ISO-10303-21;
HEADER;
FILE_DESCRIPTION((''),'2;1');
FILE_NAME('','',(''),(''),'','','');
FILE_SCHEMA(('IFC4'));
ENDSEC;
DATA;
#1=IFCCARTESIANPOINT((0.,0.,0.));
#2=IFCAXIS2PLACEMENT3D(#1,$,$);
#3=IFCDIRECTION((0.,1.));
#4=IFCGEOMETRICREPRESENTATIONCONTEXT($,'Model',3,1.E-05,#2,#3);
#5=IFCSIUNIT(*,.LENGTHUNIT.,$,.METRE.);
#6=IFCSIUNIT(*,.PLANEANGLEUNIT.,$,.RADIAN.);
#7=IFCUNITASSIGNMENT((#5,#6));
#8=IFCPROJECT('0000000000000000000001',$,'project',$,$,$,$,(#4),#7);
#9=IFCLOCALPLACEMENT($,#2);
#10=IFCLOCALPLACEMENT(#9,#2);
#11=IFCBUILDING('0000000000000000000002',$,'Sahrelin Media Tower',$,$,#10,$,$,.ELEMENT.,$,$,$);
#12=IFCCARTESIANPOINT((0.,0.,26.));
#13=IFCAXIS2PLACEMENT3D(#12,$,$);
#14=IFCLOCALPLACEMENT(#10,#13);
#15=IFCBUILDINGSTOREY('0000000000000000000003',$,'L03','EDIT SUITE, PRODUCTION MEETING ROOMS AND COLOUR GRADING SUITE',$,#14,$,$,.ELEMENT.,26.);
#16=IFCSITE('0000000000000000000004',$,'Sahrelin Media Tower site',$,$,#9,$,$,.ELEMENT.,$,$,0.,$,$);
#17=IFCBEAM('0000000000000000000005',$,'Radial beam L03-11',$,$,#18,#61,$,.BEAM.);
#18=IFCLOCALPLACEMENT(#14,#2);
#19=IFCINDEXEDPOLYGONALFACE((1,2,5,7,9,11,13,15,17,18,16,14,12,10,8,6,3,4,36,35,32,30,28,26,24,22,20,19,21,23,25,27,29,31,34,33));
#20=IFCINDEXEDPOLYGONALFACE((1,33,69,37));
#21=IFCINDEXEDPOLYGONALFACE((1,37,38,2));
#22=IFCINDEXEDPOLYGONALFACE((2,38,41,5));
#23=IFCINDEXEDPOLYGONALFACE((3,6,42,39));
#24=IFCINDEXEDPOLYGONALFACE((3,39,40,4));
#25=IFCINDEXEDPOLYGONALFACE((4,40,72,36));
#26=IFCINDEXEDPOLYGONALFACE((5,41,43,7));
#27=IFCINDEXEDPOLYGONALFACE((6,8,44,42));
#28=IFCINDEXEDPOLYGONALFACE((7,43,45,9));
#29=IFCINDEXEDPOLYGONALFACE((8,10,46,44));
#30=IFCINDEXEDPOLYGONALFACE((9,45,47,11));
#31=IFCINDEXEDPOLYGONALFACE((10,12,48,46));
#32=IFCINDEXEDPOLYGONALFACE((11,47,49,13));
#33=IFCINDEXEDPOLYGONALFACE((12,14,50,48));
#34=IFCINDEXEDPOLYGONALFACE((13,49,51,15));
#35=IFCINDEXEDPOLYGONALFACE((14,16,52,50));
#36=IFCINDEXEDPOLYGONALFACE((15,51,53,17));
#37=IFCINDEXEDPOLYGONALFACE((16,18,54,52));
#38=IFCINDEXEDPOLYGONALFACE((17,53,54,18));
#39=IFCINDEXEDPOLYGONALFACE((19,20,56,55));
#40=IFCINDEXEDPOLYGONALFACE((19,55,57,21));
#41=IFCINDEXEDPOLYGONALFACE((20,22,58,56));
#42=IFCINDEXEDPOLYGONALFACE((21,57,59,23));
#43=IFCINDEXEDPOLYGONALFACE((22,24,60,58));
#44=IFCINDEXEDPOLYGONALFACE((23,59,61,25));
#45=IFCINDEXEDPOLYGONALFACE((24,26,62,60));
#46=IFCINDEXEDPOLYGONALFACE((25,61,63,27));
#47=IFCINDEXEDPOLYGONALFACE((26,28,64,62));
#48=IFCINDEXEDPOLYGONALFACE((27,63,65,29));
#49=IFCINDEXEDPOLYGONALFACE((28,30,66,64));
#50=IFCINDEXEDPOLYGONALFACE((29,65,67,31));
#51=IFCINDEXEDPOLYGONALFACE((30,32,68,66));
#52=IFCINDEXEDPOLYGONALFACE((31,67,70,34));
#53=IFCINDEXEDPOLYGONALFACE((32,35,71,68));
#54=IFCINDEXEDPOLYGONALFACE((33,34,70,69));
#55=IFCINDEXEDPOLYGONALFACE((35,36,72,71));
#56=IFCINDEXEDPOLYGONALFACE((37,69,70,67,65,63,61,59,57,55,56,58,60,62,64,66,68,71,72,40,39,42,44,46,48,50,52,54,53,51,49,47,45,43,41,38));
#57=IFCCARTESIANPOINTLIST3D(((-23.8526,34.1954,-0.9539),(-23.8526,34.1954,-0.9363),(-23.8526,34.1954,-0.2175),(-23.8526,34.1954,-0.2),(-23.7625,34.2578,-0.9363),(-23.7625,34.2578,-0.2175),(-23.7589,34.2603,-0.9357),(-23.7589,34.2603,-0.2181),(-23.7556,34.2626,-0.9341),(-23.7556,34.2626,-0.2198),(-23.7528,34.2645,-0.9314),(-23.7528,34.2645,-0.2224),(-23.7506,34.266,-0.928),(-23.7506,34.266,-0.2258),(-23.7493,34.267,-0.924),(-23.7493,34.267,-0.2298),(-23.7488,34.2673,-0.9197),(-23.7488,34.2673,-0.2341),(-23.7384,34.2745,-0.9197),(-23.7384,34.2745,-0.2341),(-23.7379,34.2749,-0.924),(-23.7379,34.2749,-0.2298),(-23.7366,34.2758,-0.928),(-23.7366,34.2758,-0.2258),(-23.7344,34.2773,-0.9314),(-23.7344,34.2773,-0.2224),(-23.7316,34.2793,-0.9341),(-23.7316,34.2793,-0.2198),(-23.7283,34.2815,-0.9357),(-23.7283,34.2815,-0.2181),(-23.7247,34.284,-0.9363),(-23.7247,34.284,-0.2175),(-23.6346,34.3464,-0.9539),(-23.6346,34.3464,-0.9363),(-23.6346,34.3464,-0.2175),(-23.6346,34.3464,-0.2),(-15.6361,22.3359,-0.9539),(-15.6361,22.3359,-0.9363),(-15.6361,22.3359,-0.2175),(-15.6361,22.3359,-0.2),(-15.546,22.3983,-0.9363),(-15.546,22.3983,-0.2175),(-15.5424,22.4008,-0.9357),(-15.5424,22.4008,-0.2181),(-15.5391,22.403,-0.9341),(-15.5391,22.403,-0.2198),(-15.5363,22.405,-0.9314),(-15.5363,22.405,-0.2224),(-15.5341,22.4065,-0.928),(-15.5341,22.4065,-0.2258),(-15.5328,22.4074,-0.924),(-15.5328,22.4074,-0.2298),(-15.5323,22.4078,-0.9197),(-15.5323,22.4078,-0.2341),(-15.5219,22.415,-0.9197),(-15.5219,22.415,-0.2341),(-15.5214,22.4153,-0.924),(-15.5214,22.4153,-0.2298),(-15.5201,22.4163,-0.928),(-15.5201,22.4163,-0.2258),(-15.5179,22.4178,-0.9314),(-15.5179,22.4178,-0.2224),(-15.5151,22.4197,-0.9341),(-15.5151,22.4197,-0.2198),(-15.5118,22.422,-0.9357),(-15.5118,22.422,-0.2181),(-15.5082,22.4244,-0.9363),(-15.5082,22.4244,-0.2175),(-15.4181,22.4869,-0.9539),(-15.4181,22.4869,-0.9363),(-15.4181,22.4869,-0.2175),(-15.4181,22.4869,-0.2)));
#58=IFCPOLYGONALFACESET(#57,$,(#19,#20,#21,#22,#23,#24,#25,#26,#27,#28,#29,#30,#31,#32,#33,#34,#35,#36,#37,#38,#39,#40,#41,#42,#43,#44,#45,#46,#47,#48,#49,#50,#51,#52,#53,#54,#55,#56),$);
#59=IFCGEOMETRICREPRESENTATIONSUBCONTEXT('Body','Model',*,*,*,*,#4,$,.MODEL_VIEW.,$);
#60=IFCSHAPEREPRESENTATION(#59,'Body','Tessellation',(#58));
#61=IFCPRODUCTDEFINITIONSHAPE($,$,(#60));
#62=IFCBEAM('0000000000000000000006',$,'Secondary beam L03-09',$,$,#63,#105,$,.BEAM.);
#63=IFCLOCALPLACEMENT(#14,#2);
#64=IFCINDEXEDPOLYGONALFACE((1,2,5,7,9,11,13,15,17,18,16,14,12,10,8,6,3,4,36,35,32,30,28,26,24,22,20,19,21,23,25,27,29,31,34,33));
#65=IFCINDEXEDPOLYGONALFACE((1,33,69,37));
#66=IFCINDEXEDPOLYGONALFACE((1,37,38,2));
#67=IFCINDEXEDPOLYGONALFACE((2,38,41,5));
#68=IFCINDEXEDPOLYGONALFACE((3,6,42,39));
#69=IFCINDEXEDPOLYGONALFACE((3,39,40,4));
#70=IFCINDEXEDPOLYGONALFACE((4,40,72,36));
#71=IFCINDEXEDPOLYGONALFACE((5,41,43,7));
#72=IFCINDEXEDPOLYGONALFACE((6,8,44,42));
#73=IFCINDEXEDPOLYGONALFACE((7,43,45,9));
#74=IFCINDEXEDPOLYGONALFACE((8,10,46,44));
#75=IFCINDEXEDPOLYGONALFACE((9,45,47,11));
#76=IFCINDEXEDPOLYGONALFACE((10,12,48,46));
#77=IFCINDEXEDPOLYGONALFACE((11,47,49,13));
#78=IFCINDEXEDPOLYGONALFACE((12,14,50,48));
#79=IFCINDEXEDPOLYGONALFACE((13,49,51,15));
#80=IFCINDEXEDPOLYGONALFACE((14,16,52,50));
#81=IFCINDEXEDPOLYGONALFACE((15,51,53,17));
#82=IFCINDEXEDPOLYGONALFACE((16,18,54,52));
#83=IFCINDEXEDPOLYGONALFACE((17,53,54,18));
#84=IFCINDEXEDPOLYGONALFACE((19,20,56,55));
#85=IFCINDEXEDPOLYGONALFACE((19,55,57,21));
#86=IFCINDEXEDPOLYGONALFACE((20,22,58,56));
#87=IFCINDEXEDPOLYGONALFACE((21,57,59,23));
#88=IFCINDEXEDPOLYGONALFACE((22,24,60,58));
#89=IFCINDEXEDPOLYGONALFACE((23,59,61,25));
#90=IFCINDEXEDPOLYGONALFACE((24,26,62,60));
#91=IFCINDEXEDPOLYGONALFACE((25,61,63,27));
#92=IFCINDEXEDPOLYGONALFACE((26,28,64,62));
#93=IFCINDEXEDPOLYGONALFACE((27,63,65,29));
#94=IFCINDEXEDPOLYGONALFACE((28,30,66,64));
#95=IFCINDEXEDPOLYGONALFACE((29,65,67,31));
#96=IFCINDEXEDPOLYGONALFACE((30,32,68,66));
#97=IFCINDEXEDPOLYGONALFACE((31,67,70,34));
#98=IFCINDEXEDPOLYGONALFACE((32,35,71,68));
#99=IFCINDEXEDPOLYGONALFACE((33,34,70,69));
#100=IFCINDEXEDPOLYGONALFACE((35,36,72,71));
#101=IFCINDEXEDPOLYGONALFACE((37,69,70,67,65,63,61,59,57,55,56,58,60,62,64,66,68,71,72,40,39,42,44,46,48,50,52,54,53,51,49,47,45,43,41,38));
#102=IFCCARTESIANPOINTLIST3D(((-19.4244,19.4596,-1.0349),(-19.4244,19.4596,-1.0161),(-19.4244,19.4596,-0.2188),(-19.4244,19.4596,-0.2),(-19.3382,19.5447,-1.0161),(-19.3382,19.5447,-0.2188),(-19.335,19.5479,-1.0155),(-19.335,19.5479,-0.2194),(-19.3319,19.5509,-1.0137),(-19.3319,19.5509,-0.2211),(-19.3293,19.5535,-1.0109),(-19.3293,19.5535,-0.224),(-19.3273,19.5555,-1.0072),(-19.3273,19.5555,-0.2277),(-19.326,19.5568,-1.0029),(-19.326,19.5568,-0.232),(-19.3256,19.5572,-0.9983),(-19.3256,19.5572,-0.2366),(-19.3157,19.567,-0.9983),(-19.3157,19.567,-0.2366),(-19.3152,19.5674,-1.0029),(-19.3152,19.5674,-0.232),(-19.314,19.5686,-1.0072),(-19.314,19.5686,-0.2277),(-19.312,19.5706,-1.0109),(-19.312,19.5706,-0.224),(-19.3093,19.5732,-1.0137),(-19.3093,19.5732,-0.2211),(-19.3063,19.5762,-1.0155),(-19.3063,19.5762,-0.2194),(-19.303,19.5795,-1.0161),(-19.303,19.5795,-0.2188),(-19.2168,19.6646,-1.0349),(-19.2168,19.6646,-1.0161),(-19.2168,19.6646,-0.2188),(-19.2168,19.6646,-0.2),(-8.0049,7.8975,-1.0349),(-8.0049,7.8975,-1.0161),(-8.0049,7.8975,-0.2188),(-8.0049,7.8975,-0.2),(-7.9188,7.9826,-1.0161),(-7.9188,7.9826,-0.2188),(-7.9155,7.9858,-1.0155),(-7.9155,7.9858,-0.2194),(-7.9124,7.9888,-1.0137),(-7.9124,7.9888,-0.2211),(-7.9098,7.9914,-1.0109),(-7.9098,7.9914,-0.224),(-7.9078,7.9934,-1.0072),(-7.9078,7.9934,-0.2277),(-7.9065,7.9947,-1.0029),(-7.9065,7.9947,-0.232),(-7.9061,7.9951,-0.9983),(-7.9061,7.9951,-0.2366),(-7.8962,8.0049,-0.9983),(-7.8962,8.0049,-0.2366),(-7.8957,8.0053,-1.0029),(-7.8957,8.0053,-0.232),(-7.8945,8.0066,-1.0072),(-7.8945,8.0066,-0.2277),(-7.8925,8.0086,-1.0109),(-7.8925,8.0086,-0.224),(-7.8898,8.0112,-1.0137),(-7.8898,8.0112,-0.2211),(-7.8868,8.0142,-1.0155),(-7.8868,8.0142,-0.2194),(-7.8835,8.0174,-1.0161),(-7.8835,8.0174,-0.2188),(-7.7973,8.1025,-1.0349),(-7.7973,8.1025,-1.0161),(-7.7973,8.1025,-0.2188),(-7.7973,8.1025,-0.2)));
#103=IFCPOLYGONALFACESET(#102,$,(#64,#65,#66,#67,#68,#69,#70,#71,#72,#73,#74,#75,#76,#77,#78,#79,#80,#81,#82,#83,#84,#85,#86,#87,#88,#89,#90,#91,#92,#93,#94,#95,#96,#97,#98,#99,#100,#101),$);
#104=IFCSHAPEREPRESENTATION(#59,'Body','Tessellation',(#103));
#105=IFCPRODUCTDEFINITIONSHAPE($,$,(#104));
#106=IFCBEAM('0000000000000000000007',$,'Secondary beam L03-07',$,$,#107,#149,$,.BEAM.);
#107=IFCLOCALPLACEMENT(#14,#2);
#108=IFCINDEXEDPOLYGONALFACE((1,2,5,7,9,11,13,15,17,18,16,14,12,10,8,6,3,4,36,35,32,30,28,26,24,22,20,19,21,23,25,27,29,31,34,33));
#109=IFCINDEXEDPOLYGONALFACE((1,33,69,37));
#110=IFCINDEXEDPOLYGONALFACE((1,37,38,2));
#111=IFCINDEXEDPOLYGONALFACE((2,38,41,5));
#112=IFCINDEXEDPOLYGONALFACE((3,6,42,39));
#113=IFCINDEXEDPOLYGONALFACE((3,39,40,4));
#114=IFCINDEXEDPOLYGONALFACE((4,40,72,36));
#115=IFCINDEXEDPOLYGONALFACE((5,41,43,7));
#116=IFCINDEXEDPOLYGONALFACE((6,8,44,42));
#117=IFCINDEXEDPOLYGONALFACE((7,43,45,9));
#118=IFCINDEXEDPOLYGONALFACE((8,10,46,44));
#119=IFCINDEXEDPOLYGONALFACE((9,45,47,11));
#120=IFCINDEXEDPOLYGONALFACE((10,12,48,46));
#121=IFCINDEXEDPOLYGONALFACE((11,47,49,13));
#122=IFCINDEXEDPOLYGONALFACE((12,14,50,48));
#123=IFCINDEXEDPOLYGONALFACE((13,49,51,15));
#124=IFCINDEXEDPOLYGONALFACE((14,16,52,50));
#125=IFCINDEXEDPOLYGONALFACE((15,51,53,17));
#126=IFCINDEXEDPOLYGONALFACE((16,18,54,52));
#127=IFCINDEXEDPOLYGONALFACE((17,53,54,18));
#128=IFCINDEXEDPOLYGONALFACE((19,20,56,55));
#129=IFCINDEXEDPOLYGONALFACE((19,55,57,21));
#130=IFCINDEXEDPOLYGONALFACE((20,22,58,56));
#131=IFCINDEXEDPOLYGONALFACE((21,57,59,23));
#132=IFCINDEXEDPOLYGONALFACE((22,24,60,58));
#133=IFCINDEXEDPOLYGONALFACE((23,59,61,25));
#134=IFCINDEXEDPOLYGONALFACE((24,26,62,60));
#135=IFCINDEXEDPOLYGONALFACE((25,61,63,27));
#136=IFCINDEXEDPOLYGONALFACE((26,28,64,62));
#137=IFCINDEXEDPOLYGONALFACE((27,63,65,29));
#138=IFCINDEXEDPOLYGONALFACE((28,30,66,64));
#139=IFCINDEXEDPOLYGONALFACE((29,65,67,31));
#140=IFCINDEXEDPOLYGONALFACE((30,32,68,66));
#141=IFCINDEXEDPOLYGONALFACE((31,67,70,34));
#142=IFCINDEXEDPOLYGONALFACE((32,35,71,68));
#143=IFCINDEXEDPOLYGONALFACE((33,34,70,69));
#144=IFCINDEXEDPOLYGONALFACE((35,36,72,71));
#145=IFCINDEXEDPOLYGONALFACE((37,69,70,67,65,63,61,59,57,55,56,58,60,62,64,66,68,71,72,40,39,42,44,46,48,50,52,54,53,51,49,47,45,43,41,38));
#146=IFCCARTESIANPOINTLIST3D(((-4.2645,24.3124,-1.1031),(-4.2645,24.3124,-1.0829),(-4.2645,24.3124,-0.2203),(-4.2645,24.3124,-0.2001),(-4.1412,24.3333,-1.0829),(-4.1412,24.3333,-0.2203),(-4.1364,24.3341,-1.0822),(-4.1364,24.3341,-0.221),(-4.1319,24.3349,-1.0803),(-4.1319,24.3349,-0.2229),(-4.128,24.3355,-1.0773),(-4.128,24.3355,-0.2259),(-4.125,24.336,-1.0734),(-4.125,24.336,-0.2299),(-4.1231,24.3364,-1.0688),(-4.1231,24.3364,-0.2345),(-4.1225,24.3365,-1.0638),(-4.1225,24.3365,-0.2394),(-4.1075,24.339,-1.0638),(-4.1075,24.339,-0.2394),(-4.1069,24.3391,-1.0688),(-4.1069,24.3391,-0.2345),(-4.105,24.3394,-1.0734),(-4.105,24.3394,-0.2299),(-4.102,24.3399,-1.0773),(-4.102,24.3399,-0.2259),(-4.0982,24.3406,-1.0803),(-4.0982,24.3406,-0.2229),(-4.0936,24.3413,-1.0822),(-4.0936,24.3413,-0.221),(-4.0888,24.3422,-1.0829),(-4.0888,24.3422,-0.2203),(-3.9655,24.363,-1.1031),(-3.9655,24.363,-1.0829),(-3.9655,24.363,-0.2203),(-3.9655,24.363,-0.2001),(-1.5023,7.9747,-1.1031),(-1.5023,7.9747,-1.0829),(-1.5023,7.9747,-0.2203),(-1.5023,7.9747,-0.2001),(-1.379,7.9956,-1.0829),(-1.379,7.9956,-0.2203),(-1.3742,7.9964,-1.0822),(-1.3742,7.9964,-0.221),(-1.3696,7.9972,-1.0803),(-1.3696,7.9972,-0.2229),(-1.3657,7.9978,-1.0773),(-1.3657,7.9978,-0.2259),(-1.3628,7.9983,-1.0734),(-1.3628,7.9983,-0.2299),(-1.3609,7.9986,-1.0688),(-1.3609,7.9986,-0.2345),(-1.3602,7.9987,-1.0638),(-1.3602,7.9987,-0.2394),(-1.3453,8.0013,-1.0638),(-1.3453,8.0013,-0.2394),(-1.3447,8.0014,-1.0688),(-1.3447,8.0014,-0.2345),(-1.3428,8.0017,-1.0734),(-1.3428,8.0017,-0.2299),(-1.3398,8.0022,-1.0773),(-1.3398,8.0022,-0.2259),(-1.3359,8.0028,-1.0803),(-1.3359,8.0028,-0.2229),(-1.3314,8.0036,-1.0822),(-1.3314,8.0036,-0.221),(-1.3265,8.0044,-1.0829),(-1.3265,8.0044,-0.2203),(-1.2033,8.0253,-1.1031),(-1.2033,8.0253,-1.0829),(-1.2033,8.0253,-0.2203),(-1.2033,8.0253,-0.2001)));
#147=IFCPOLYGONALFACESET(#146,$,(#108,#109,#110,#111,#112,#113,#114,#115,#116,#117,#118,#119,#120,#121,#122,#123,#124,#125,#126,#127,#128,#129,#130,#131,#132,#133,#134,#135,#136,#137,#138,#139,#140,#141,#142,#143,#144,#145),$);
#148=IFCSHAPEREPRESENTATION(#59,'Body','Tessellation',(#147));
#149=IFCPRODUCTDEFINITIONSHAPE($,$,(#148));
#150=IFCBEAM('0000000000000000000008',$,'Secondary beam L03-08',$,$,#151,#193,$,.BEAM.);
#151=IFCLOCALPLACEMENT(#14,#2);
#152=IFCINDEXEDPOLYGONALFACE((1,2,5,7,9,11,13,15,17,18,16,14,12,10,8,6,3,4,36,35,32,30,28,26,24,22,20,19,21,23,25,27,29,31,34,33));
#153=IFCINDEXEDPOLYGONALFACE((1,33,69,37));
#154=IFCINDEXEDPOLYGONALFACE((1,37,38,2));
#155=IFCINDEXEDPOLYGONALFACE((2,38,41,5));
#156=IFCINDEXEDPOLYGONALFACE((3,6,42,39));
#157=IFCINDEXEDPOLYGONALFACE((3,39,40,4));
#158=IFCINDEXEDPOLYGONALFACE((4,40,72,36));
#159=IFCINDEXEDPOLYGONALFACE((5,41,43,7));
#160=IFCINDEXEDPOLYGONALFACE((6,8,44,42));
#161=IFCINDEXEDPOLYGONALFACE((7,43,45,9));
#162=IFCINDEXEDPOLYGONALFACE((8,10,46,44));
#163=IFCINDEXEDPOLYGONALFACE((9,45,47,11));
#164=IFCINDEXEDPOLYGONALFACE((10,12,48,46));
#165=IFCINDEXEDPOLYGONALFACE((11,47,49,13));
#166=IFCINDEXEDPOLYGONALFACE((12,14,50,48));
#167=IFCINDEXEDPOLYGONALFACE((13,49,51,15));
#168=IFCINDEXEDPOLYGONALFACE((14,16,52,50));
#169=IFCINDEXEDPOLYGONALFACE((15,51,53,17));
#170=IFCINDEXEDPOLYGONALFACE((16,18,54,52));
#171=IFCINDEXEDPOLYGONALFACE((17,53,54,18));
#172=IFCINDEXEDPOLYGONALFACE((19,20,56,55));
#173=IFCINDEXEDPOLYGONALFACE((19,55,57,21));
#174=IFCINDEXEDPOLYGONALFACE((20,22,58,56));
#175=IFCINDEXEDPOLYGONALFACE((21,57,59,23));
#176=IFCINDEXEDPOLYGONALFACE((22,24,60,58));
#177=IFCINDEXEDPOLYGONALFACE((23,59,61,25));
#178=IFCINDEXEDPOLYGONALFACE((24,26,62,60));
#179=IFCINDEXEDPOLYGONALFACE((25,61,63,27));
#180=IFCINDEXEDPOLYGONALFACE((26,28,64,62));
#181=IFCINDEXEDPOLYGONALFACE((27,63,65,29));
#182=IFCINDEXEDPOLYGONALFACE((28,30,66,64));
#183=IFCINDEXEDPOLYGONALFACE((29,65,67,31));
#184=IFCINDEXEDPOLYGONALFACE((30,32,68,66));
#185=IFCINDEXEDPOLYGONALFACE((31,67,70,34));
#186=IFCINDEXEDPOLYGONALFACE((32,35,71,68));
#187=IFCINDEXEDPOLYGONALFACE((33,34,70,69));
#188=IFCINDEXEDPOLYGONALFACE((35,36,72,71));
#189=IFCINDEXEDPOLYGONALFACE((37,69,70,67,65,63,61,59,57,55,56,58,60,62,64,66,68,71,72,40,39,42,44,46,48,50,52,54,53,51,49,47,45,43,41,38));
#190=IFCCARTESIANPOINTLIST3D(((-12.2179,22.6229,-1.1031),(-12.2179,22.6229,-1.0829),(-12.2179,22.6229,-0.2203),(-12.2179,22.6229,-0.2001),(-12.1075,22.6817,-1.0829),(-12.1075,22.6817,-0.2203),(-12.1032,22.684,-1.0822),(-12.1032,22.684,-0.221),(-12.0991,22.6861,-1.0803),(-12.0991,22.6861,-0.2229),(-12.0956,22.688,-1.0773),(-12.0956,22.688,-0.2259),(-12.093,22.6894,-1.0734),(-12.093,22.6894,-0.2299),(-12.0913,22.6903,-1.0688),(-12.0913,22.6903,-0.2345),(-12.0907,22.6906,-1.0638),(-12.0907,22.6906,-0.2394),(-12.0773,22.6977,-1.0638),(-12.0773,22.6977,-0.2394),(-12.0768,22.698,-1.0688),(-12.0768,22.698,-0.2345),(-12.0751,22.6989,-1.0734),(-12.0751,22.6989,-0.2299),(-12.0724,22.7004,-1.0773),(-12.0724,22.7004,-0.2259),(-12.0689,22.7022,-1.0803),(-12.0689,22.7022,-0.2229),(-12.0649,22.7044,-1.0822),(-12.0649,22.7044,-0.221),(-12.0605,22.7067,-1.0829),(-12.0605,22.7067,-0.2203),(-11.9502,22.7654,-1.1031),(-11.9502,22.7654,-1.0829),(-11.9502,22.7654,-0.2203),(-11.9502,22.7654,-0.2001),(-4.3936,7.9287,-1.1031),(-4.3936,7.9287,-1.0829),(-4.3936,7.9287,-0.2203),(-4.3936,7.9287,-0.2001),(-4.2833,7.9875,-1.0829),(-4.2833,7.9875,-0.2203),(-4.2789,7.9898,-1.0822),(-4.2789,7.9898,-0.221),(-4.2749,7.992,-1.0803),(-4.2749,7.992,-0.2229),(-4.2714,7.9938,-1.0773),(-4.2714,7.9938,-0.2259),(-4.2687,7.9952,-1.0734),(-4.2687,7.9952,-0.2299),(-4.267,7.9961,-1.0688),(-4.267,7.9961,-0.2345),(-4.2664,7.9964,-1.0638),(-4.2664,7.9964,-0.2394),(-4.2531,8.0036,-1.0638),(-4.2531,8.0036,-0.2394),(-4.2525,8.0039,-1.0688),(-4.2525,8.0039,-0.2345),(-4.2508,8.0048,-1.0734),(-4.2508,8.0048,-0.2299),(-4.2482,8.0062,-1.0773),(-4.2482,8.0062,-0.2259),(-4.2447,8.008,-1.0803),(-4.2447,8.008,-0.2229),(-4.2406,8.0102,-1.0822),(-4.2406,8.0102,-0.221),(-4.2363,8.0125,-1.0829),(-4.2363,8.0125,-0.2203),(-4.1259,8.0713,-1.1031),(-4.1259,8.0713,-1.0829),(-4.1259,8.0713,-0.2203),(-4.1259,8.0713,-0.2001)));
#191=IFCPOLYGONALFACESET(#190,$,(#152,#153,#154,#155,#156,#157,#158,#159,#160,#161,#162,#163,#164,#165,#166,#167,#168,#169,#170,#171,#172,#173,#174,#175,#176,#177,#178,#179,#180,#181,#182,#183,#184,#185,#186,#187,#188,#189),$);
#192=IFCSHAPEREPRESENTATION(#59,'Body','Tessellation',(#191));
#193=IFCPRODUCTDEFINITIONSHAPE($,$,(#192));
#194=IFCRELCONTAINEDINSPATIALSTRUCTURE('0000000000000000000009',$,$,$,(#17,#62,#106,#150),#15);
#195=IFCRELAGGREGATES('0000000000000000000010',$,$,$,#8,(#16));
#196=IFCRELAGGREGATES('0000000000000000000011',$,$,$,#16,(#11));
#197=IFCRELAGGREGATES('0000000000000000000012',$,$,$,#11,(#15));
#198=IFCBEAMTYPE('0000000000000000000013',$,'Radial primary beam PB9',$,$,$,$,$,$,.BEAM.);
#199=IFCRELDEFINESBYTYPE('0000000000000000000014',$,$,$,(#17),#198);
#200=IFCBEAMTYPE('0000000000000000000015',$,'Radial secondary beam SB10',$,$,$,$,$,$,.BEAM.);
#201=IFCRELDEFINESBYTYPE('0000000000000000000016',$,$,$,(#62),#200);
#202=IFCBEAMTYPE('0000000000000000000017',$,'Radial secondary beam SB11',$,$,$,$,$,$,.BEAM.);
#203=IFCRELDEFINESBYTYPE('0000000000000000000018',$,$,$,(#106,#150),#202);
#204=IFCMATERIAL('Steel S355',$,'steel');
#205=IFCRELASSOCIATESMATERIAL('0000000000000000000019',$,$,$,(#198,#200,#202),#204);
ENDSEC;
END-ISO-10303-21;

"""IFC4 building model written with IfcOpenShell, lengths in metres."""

from ifc_helpers import new_model, si_unit, direction, frame, origin, origin_2d, place, context, subcontext, project, spatial, i_section, extrude, material, material_profile, profile_set, type_object, element, save


model = new_model("IFC4")

# Units and contexts
model_context = context("Model", 3, precision=1e-05, world=origin(), true_north=direction((0.0, 1.0)))
body_context = subcontext(model_context, "Body", "Model", "MODEL_VIEW")
ifc_project = project(units=[si_unit("LENGTHUNIT", "METRE"), si_unit("PLANEANGLEUNIT", "RADIAN")], contexts=[model_context])

# Site, building, storey
site_placement = place(None, origin())
site = spatial("IfcSite", under=ifc_project, at=site_placement, Name="Sahrelin Media Tower site", CompositionType="ELEMENT", RefElevation=0.0)
building_placement = place(site_placement, origin())
building = spatial("IfcBuilding", under=site, at=building_placement, Name="Sahrelin Media Tower", CompositionType="ELEMENT")
storey_placement = place(building_placement, frame((0.0, 0.0, 26.0)))
storey = spatial("IfcBuildingStorey", under=building, at=storey_placement, Name="L03", Description="EDIT SUITE, PRODUCTION MEETING ROOMS AND COLOUR GRADING SUITE", CompositionType="ELEMENT", Elevation=26.0)

# Beams
ifc_material_1 = material(Name="Steel S355", Category="steel")
ifc_material_profile_1 = material_profile(ifc_material_1, i_section(OverallWidth=0.2651, OverallDepth=0.7539, WebThickness=0.0127, FlangeThickness=0.0176, FilletRadius=0.0166, at=origin_2d()), Name="UB 762x267x147")
ifc_profile_set_1 = profile_set([ifc_material_profile_1], Name="Steel S355")
beam_type_1 = type_object("IfcBeamType", Name="Radial primary beam PB9", PredefinedType="BEAM", material=ifc_profile_set_1)
beam_1_placement = place(storey_placement, frame((-15.5271, 22.4114, -0.5769), z_axis=(-0.569493, 0.821996, 0.0), x_axis=(-0.821996, -0.569493, 0.0)))
element("IfcBeam", 1, at=beam_1_placement, inside=storey, type_object=beam_type_1, Name="Radial beam L03-11", PredefinedType="BEAM", context=body_context, shape_type="SweptSolid", body=[
    extrude(i_section(OverallWidth=0.2651, OverallDepth=0.7539, WebThickness=0.0127, FlangeThickness=0.0176, FilletRadius=0.0166, at=origin_2d()), origin(), (0.0, 0.0, 1.0), 14.4277),
])
ifc_material_profile_2 = material_profile(ifc_material_1, i_section(OverallWidth=0.2917, OverallDepth=0.835, WebThickness=0.0139, FlangeThickness=0.0188, FilletRadius=0.0178, at=origin_2d()), Name="UB 838x292x176")
ifc_profile_set_2 = profile_set([ifc_material_profile_2], Name="Steel S355")
beam_type_2 = type_object("IfcBeamType", Name="Radial secondary beam SB10", PredefinedType="BEAM", material=ifc_profile_set_2)
beam_2_placement = place(storey_placement, frame((-7.9011, 8.0, -0.6174), z_axis=(-0.702706, 0.71148, 0.0), x_axis=(-0.71148, -0.702706, 0.0)))
element("IfcBeam", 2, at=beam_2_placement, inside=storey, type_object=beam_type_2, Name="Secondary beam L03-09", PredefinedType="BEAM", context=body_context, shape_type="SweptSolid", body=[
    extrude(i_section(OverallWidth=0.2917, OverallDepth=0.835, WebThickness=0.0139, FlangeThickness=0.0188, FilletRadius=0.0178, at=origin_2d()), origin(), (0.0, 0.0, 1.0), 16.2507),
])
ifc_material_profile_3 = material_profile(ifc_material_1, i_section(OverallWidth=0.3032, OverallDepth=0.9031, WebThickness=0.0151, FlangeThickness=0.0203, FilletRadius=0.019, at=origin_2d()), Name="UB 914x305x201")
ifc_profile_set_3 = profile_set([ifc_material_profile_3], Name="Steel S355")
beam_type_3 = type_object("IfcBeamType", Name="Radial secondary beam SB11", PredefinedType="BEAM", material=ifc_profile_set_3)
beam_3_placement = place(storey_placement, frame((-1.3528, 8.0, -0.6516), z_axis=(-0.166704, 0.986007, 0.0), x_axis=(-0.986007, -0.166704, 0.0)))
element("IfcBeam", 3, at=beam_3_placement, inside=storey, type_object=beam_type_3, Name="Secondary beam L03-07", PredefinedType="BEAM", context=body_context, shape_type="SweptSolid", body=[
    extrude(i_section(OverallWidth=0.3032, OverallDepth=0.9031, WebThickness=0.0151, FlangeThickness=0.0203, FilletRadius=0.019, at=origin_2d()), origin(), (0.0, 0.0, 1.0), 16.5696),
])
beam_4_placement = place(storey_placement, frame((-4.2598, 8.0, -0.6516), z_axis=(-0.469997, 0.882668, 0.0), x_axis=(-0.882668, -0.469997, 0.0)))
element("IfcBeam", 4, at=beam_4_placement, inside=storey, type_object=beam_type_3, Name="Secondary beam L03-08", PredefinedType="BEAM", context=body_context, shape_type="SweptSolid", body=[
    extrude(i_section(OverallWidth=0.3032, OverallDepth=0.9031, WebThickness=0.0151, FlangeThickness=0.0203, FilletRadius=0.019, at=origin_2d()), origin(), (0.0, 0.0, 1.0), 16.6475),
])

save(model, "model.ifc")
